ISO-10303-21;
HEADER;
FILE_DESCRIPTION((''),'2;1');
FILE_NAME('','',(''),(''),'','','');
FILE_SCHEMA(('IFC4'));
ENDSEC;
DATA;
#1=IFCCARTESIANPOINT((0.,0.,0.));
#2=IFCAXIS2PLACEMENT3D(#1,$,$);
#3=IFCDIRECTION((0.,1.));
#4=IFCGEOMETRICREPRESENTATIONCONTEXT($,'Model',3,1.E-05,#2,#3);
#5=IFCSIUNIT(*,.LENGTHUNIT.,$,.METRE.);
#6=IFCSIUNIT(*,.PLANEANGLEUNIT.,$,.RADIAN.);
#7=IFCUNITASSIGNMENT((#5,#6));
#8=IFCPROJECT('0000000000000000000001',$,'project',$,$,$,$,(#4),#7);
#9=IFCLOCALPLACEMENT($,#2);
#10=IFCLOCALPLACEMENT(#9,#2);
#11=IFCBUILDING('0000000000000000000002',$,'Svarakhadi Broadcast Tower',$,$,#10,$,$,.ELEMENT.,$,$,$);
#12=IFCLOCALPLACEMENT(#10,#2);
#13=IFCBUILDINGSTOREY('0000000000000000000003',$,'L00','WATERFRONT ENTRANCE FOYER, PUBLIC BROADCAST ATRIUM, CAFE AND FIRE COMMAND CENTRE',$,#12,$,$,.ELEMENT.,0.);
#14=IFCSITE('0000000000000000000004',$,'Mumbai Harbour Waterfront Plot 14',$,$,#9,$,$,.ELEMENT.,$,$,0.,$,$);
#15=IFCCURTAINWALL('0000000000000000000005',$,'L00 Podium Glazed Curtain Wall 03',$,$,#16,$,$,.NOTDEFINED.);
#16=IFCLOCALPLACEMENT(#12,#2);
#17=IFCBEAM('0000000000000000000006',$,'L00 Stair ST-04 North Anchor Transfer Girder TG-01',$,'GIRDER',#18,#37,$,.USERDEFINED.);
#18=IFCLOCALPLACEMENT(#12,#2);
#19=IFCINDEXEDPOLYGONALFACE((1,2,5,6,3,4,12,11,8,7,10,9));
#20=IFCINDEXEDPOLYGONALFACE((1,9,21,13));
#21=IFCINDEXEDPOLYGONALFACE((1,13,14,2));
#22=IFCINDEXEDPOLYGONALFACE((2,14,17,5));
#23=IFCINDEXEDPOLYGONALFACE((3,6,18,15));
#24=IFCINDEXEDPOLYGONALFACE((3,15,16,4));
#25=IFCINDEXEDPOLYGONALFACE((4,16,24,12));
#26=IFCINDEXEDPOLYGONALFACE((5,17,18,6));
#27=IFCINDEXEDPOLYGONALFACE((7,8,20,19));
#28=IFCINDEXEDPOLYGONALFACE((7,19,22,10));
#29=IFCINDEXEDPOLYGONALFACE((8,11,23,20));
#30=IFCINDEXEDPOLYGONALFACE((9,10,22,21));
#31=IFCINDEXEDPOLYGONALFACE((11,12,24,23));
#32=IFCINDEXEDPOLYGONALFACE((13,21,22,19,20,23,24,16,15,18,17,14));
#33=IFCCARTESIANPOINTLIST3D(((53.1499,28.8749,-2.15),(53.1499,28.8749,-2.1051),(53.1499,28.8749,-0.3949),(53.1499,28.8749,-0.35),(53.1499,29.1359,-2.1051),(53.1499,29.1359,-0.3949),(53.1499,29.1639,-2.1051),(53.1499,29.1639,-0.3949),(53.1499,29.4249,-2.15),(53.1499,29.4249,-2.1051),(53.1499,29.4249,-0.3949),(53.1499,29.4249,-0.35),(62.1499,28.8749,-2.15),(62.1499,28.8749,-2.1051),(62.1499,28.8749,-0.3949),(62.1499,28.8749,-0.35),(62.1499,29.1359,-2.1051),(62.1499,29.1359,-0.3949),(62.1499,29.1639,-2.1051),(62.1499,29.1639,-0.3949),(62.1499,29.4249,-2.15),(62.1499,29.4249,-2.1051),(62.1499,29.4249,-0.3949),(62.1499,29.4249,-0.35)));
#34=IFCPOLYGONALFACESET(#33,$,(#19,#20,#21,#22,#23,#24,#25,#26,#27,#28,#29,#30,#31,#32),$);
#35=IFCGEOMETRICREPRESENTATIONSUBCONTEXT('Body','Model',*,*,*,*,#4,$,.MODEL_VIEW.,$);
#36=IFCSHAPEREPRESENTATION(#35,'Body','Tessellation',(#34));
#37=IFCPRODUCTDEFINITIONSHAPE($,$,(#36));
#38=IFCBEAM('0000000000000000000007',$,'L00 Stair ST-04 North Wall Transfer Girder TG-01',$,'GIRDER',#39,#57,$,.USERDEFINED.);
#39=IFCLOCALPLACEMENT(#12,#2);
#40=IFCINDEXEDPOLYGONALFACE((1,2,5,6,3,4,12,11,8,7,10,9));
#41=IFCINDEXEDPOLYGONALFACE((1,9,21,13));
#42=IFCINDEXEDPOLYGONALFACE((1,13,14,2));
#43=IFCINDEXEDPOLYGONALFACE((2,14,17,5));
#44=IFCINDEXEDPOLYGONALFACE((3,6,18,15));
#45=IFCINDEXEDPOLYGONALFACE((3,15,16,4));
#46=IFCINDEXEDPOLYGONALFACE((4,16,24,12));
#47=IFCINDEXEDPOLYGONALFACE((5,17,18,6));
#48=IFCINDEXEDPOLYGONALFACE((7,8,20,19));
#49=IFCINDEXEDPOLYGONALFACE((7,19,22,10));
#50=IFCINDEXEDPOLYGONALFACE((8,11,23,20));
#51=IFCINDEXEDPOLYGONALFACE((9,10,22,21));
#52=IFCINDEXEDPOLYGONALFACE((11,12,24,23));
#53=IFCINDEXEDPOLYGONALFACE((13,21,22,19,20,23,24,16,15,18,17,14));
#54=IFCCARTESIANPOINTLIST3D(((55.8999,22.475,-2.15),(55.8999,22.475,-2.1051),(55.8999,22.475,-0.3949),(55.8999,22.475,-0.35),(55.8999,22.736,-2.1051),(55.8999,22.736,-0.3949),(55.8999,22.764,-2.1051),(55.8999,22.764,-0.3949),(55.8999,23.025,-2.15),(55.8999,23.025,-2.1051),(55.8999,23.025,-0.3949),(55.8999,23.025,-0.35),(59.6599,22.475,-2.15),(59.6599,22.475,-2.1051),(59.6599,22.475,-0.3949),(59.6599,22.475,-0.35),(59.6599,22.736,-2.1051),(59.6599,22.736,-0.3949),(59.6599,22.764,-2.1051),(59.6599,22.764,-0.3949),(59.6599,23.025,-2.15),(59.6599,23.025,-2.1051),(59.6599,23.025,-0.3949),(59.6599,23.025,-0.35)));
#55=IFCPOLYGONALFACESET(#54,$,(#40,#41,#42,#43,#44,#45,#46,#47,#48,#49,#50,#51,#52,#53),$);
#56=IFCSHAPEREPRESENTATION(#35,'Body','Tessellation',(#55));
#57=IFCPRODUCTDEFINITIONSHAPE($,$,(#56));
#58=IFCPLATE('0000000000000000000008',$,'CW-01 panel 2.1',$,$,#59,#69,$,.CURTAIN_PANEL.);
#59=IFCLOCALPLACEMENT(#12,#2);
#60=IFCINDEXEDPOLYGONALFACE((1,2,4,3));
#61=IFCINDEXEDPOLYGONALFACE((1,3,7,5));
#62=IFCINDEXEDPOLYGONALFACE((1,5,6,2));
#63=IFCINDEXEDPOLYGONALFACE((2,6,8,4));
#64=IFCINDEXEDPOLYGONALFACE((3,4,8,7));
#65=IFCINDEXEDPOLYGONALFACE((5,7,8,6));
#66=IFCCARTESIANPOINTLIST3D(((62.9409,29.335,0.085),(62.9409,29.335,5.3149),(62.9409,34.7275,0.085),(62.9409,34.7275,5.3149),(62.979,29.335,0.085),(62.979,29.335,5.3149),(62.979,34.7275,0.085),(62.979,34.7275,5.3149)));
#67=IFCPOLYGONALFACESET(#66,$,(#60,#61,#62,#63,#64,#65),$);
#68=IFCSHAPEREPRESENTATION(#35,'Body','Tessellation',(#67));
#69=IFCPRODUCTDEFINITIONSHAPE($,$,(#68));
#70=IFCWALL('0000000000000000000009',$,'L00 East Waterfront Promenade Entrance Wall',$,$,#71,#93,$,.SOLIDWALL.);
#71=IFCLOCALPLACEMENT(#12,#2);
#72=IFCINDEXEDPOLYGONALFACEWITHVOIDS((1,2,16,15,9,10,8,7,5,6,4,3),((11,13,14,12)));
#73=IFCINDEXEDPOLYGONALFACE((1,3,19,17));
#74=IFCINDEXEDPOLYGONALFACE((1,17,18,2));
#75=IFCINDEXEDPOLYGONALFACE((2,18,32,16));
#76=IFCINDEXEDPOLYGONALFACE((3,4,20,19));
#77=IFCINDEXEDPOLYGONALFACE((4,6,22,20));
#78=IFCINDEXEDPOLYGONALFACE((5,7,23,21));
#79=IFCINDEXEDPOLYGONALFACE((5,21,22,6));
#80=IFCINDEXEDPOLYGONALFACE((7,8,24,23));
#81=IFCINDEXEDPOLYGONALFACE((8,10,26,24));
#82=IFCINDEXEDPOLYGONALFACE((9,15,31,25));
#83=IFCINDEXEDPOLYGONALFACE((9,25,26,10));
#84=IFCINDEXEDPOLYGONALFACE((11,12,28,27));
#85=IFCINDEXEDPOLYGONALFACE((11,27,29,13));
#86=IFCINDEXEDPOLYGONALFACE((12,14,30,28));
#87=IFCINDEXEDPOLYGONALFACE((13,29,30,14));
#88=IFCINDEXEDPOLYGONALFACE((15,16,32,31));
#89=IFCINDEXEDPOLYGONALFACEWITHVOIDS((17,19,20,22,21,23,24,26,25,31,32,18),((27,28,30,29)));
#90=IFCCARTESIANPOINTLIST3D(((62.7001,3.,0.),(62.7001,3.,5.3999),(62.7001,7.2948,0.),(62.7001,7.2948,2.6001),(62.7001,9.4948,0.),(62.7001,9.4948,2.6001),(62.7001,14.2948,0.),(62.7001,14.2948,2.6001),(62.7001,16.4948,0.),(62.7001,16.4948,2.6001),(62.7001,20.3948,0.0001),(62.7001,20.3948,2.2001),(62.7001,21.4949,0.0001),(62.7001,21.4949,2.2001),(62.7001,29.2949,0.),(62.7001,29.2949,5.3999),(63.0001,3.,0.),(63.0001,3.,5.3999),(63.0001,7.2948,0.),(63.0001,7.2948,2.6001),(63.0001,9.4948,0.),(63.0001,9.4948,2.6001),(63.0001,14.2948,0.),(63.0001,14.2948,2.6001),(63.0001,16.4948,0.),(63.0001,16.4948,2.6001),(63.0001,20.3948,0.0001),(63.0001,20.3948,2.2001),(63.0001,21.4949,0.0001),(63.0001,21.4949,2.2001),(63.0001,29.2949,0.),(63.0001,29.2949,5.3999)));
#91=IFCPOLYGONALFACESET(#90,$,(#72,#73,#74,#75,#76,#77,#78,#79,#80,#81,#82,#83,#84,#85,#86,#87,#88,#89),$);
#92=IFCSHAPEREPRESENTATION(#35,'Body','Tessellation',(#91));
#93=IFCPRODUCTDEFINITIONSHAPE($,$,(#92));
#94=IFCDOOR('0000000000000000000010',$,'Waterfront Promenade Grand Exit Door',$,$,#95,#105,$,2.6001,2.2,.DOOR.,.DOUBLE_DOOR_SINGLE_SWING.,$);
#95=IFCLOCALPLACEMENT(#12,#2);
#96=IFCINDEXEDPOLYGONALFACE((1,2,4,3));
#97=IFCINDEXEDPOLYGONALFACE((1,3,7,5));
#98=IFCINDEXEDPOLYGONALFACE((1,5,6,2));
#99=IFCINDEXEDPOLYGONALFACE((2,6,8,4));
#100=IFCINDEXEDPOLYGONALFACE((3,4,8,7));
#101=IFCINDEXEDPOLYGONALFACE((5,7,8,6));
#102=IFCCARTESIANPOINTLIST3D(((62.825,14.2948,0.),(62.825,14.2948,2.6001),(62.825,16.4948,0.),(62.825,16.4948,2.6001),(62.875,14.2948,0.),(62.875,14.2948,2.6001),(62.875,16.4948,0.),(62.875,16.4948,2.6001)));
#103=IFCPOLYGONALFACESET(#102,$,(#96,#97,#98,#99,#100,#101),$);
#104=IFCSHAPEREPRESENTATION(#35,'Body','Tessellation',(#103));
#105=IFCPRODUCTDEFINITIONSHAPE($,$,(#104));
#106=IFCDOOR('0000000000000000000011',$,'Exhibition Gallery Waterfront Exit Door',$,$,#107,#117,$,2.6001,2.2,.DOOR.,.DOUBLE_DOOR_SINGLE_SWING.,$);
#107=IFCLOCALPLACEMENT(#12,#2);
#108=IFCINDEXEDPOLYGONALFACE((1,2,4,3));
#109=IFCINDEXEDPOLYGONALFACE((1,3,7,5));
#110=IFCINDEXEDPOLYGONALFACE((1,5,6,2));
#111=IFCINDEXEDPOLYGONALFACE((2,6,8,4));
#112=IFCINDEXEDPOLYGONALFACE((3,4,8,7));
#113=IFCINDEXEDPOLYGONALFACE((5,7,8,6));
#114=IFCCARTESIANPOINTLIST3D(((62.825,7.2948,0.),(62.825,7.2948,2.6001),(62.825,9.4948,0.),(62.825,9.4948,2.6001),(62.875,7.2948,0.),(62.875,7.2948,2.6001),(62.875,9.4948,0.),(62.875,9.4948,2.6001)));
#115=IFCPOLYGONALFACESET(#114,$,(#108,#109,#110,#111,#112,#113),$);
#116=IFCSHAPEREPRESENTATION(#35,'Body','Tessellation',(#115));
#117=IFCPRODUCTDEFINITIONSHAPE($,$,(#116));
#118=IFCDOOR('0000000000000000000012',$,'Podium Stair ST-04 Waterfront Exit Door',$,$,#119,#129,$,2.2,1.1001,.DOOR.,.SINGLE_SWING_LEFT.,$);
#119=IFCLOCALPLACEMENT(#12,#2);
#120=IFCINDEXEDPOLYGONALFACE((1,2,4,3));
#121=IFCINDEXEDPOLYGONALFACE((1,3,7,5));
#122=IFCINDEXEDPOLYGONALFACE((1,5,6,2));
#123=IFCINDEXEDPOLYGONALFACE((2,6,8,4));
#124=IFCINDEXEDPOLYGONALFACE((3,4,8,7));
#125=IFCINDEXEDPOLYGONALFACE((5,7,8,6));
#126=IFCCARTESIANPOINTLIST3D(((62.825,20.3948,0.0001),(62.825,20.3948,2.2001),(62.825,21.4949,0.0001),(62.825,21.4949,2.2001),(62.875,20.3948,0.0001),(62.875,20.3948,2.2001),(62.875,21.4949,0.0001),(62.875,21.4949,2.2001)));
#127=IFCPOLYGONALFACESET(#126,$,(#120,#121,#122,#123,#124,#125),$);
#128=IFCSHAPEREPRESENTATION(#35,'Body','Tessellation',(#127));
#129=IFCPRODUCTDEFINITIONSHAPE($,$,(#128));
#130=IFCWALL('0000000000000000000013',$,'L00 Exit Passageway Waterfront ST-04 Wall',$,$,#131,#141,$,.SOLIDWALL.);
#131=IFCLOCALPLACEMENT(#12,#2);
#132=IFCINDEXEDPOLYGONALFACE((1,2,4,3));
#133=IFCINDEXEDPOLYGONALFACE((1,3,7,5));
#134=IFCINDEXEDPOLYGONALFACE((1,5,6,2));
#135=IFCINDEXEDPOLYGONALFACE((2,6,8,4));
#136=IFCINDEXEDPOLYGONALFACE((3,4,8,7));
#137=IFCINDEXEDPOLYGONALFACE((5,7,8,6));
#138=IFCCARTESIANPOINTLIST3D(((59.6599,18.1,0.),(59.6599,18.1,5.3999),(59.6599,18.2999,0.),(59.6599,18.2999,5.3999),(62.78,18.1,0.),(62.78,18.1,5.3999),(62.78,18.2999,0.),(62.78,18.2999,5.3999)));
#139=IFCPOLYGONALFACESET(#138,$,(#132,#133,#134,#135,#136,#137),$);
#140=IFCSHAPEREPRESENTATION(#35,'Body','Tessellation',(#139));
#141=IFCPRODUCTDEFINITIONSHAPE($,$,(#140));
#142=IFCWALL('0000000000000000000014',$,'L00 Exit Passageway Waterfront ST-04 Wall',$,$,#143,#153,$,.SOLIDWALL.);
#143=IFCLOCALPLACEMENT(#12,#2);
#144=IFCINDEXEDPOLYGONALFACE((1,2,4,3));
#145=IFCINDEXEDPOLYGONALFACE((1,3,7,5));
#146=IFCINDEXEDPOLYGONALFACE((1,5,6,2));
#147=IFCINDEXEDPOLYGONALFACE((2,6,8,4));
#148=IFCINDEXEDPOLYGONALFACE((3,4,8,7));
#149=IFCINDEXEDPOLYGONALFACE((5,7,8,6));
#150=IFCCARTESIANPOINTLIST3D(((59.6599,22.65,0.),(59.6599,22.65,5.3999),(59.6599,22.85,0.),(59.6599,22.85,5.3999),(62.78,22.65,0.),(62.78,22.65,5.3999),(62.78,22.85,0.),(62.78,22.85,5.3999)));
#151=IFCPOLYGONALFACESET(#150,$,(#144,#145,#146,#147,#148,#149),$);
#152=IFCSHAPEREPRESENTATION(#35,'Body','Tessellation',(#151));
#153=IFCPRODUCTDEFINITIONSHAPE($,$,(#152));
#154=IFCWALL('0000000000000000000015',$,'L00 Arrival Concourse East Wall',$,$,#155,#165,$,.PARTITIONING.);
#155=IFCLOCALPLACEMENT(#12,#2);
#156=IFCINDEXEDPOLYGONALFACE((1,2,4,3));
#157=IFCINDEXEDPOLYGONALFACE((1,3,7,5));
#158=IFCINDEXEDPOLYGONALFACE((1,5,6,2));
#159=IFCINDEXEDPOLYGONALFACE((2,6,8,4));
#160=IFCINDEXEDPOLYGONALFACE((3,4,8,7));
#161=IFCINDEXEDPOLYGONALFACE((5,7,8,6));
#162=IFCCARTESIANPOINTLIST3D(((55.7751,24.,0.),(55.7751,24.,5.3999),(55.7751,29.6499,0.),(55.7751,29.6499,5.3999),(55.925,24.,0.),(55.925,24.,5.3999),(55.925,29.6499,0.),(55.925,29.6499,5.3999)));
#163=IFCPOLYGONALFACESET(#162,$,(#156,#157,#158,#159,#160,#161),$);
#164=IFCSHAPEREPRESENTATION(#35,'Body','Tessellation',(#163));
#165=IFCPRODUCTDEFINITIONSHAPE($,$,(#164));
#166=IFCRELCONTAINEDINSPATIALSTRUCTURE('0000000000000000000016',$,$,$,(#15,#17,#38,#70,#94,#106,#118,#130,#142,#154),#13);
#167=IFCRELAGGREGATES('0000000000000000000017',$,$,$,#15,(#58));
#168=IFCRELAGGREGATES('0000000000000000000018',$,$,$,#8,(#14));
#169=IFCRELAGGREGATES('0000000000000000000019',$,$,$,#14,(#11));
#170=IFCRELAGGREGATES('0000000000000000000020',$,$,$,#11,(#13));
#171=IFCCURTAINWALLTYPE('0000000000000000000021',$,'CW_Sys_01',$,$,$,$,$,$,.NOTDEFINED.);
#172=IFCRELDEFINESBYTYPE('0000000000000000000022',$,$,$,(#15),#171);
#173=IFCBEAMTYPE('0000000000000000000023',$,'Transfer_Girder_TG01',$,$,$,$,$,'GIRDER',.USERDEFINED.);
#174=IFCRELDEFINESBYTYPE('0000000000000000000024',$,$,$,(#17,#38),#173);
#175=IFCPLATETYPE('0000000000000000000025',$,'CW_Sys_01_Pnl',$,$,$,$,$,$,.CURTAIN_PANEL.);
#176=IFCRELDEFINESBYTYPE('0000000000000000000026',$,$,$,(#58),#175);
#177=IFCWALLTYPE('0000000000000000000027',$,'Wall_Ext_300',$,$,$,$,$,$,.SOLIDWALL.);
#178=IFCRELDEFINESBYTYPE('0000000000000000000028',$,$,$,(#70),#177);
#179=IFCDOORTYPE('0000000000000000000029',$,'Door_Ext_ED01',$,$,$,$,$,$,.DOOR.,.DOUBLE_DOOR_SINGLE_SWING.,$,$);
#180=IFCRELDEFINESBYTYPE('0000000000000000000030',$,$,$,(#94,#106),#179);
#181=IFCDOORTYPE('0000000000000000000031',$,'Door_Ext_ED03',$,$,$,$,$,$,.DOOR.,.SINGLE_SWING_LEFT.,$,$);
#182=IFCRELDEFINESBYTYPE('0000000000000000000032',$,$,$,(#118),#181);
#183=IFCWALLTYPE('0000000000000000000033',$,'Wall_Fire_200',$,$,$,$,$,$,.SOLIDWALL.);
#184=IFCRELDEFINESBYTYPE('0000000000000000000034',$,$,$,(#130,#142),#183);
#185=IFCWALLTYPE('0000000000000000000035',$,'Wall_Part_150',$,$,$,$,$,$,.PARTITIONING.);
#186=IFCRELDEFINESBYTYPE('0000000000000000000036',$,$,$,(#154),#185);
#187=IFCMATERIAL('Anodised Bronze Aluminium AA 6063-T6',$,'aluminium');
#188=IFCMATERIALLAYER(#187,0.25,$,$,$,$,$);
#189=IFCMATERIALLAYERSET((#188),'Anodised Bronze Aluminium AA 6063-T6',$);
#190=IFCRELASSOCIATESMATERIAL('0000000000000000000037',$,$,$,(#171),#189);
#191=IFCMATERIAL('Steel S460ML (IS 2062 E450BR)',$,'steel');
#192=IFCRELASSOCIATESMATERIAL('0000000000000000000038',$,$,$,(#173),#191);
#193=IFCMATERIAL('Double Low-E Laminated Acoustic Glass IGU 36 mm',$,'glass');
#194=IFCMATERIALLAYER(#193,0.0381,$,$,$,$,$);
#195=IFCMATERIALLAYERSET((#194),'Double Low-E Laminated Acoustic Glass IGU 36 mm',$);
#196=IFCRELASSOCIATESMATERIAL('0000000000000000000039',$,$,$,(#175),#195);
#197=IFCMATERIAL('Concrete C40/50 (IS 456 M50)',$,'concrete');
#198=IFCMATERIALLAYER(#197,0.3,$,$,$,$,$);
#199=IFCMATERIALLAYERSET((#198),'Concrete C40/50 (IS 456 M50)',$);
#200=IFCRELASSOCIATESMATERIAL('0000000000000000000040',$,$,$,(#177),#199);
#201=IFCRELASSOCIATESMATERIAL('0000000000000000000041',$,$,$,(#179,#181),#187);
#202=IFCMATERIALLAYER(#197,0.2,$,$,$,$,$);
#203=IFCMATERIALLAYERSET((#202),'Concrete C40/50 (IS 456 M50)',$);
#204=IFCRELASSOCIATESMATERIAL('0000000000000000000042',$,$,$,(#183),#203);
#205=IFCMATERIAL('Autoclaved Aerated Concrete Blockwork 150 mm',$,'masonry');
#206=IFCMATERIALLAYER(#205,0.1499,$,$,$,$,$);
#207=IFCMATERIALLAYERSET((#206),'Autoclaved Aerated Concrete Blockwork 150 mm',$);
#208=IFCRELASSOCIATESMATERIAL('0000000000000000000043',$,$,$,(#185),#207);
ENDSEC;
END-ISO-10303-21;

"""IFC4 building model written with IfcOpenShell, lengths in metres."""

from ifc_helpers import new_model, si_unit, direction, frame, frame_2d, origin, origin_2d, place, context, subcontext, project, spatial, rectangle, i_section, extrude, material, layer, layer_set, material_profile, profile_set, type_object, element, fill, aggregate, save


model = new_model("IFC4")

# Units and contexts
model_context = context("Model", 3, precision=1e-05, world=origin(), true_north=direction((0.0, 1.0)))
body_context = subcontext(model_context, "Body", "Model", "MODEL_VIEW")
ifc_project = project(units=[si_unit("LENGTHUNIT", "METRE"), si_unit("PLANEANGLEUNIT", "RADIAN")], contexts=[model_context])

# Site, building, storey
site_placement = place(None, origin())
site = spatial("IfcSite", under=ifc_project, at=site_placement, Name="Mumbai Harbour Waterfront Plot 14", CompositionType="ELEMENT", RefElevation=0.0)
building_placement = place(site_placement, origin())
building = spatial("IfcBuilding", under=site, at=building_placement, Name="Svarakhadi Broadcast Tower", CompositionType="ELEMENT")
storey_placement = place(building_placement, origin())
storey = spatial("IfcBuildingStorey", under=building, at=storey_placement, Name="L00", Description="WATERFRONT ENTRANCE FOYER, PUBLIC BROADCAST ATRIUM, CAFE AND FIRE COMMAND CENTRE", CompositionType="ELEMENT", Elevation=0.0)

# Shared definitions
ifc_material_1 = material(Name="Steel S460ML (IS 2062 E450BR)", Category="steel")

# Curtain wall
ifc_material_2 = material(Name="Anodised Bronze Aluminium AA 6063-T6", Category="aluminium")
ifc_layer_1 = layer(ifc_material_2, 0.25)
ifc_layer_set_1 = layer_set([ifc_layer_1], Name="Anodised Bronze Aluminium AA 6063-T6")
curtain_wall_type = type_object("IfcCurtainWallType", Name="CW_Sys_01", PredefinedType="NOTDEFINED", material=ifc_layer_set_1)
curtain_wall_placement = place(storey_placement, origin())
curtain_wall = element("IfcCurtainWall", 1, at=curtain_wall_placement, inside=storey, type_object=curtain_wall_type, Name="L00 Podium Glazed Curtain Wall 03", PredefinedType="NOTDEFINED")

# Beams
ifc_material_profile_1 = material_profile(ifc_material_1, i_section(OverallWidth=0.55, OverallDepth=1.8, WebThickness=0.0281, FlangeThickness=0.0449, at=origin_2d()), Name="PG 1800x550x45")
ifc_profile_set_1 = profile_set([ifc_material_profile_1], Name="Steel S460ML (IS 2062 E450BR)")
beam_type_1 = type_object("IfcBeamType", Name="Transfer_Girder_TG01", ElementType="GIRDER", PredefinedType="USERDEFINED", material=ifc_profile_set_1)
beam_1_placement = place(storey_placement, frame((53.1499, 29.1499, -1.25), z_axis=(1.0, 0.0, 0.0), x_axis=(0.0, 1.0, 0.0)))
element("IfcBeam", 2, at=beam_1_placement, inside=storey, type_object=beam_type_1, Name="L00 Stair ST-04 North Anchor Transfer Girder TG-01", ObjectType="GIRDER", PredefinedType="USERDEFINED", context=body_context, shape_type="SweptSolid", body=[
    extrude(i_section(OverallWidth=0.55, OverallDepth=1.8, WebThickness=0.0281, FlangeThickness=0.0449, at=origin_2d()), origin(), (0.0, 0.0, 1.0), 9.0),
])
beam_2_placement = place(storey_placement, frame((55.8999, 22.75, -1.25), z_axis=(1.0, 0.0, 0.0), x_axis=(0.0, 1.0, 0.0)))
element("IfcBeam", 3, at=beam_2_placement, inside=storey, type_object=beam_type_1, Name="L00 Stair ST-04 North Wall Transfer Girder TG-01", ObjectType="GIRDER", PredefinedType="USERDEFINED", context=body_context, shape_type="SweptSolid", body=[
    extrude(i_section(OverallWidth=0.55, OverallDepth=1.8, WebThickness=0.0281, FlangeThickness=0.0449, at=origin_2d()), origin(), (0.0, 0.0, 1.0), 3.76),
])

# Plate
ifc_material_3 = material(Name="Double Low-E Laminated Acoustic Glass IGU 36 mm", Category="glass")
ifc_layer_2 = layer(ifc_material_3, 0.0381)
ifc_layer_set_2 = layer_set([ifc_layer_2], Name="Double Low-E Laminated Acoustic Glass IGU 36 mm")
plate_type = type_object("IfcPlateType", Name="CW_Sys_01_Pnl", PredefinedType="CURTAIN_PANEL", material=ifc_layer_set_2)
plate_placement = place(storey_placement, frame((62.96, 32.0312, 0.085), z_axis=(0.0, 0.0, 1.0), x_axis=(0.0, -1.0, 0.0)))
plate = element("IfcPlate", 4, at=plate_placement, type_object=plate_type, Name="CW-01 panel 2.1", PredefinedType="CURTAIN_PANEL", context=body_context, shape_type="SweptSolid", body=[
    extrude(rectangle(XDim=5.3926, YDim=0.0381, at=origin_2d()), origin(), (0.0, 0.0, 1.0), 5.23),
])
aggregate(curtain_wall, [plate])

# Wall, openings, doors
ifc_material_4 = material(Name="Concrete C40/50 (IS 456 M50)", Category="concrete")
ifc_layer_3 = layer(ifc_material_4, 0.3)
ifc_layer_set_3 = layer_set([ifc_layer_3], Name="Concrete C40/50 (IS 456 M50)")
wall_type_1 = type_object("IfcWallType", Name="Wall_Ext_300", PredefinedType="SOLIDWALL", material=ifc_layer_set_3)
wall_1_placement = place(storey_placement, frame((62.8501, 29.2949, 0.0), z_axis=(0.0, 0.0, 1.0), x_axis=(0.0, -1.0, 0.0)))
wall_1 = element("IfcWall", 5, at=wall_1_placement, inside=storey, type_object=wall_type_1, Name="L00 East Waterfront Promenade Entrance Wall", PredefinedType="SOLIDWALL", context=body_context, shape_type="SweptSolid", body=[
    extrude(rectangle(XDim=26.2949, YDim=0.3, at=frame_2d((13.1475, 0.0))), origin(), (0.0, 0.0, 1.0), 5.3999),
])
opening_1_placement = place(wall_1_placement, frame((7.8, 0.0, 0.0)))
opening_1 = element("IfcOpeningElement", 6, at=opening_1_placement, cuts=wall_1, PredefinedType="OPENING", context=body_context, shape_type="SweptSolid", body=[
    extrude(rectangle(XDim=1.1001, YDim=2.2, at=frame_2d((0.55, 1.1001))), frame((0.0, 0.1599, 0.0), z_axis=(0.0, -1.0, 0.0), x_axis=(1.0, 0.0, 0.0)), (0.0, 0.0, 1.0), 0.3201),
])
opening_2_placement = place(wall_1_placement, frame((12.8, 0.0, 0.0)))
opening_2 = element("IfcOpeningElement", 7, at=opening_2_placement, cuts=wall_1, PredefinedType="OPENING", context=body_context, shape_type="SweptSolid", body=[
    extrude(rectangle(XDim=2.2, YDim=2.6001, at=frame_2d((1.1001, 1.3))), frame((0.0, 0.1599, 0.0), z_axis=(0.0, -1.0, 0.0), x_axis=(1.0, 0.0, 0.0)), (0.0, 0.0, 1.0), 0.3201),
])
opening_3_placement = place(wall_1_placement, frame((19.8, 0.0, 0.0)))
opening_3 = element("IfcOpeningElement", 8, at=opening_3_placement, cuts=wall_1, PredefinedType="OPENING", context=body_context, shape_type="SweptSolid", body=[
    extrude(rectangle(XDim=2.2, YDim=2.6001, at=frame_2d((1.1001, 1.3))), frame((0.0, 0.1599, 0.0), z_axis=(0.0, -1.0, 0.0), x_axis=(1.0, 0.0, 0.0)), (0.0, 0.0, 1.0), 0.3201),
])
door_type_1 = type_object("IfcDoorType", Name="Door_Ext_ED01", OperationType="DOUBLE_DOOR_SINGLE_SWING", PredefinedType="DOOR", material=ifc_material_2)
door_1_placement = place(opening_2_placement, origin())
door_1 = element("IfcDoor", 9, at=door_1_placement, inside=storey, type_object=door_type_1, Name="Waterfront Promenade Grand Exit Door", OperationType="DOUBLE_DOOR_SINGLE_SWING", OverallHeight=2.6001, OverallWidth=2.2, PredefinedType="DOOR", context=body_context, shape_type="SweptSolid", body=[
    extrude(rectangle(XDim=2.2, YDim=2.6001, at=frame_2d((1.1001, 1.3))), frame((0.0, 0.0249, 0.0), z_axis=(0.0, -1.0, 0.0), x_axis=(1.0, 0.0, 0.0)), (0.0, 0.0, 1.0), 0.05),
])
fill(opening_2, door_1)
door_2_placement = place(opening_3_placement, origin())
door_2 = element("IfcDoor", 10, at=door_2_placement, inside=storey, type_object=door_type_1, Name="Exhibition Gallery Waterfront Exit Door", OperationType="DOUBLE_DOOR_SINGLE_SWING", OverallHeight=2.6001, OverallWidth=2.2, PredefinedType="DOOR", context=body_context, shape_type="SweptSolid", body=[
    extrude(rectangle(XDim=2.2, YDim=2.6001, at=frame_2d((1.1001, 1.3))), frame((0.0, 0.0249, 0.0), z_axis=(0.0, -1.0, 0.0), x_axis=(1.0, 0.0, 0.0)), (0.0, 0.0, 1.0), 0.05),
])
fill(opening_3, door_2)
door_type_2 = type_object("IfcDoorType", Name="Door_Ext_ED03", OperationType="SINGLE_SWING_LEFT", PredefinedType="DOOR", material=ifc_material_2)
door_3_placement = place(opening_1_placement, origin())
door_3 = element("IfcDoor", 11, at=door_3_placement, inside=storey, type_object=door_type_2, Name="Podium Stair ST-04 Waterfront Exit Door", OperationType="SINGLE_SWING_LEFT", OverallHeight=2.2, OverallWidth=1.1001, PredefinedType="DOOR", context=body_context, shape_type="SweptSolid", body=[
    extrude(rectangle(XDim=1.1001, YDim=2.2, at=frame_2d((0.55, 1.1001))), frame((0.0, 0.0249, 0.0), z_axis=(0.0, -1.0, 0.0), x_axis=(1.0, 0.0, 0.0)), (0.0, 0.0, 1.0), 0.05),
])
fill(opening_1, door_3)

# Walls
ifc_layer_4 = layer(ifc_material_4, 0.2)
ifc_layer_set_4 = layer_set([ifc_layer_4], Name="Concrete C40/50 (IS 456 M50)")
wall_type_2 = type_object("IfcWallType", Name="Wall_Fire_200", PredefinedType="SOLIDWALL", material=ifc_layer_set_4)
for number, where, z_axis, x_axis, name in (
    (12, (59.6599, 18.2, 0.0), (0.0, 0.0, 1.0), (1.0, 0.0, 0.0), "L00 Exit Passageway Waterfront ST-04 Wall"),
    (13, (59.6599, 22.75, 0.0), (0.0, 0.0, 1.0), (1.0, 0.0, 0.0), "L00 Exit Passageway Waterfront ST-04 Wall"),
):
    element("IfcWall", number, at=place(storey_placement, frame(where, z_axis=z_axis, x_axis=x_axis)), inside=storey, type_object=wall_type_2, Name=name, PredefinedType="SOLIDWALL", context=body_context, shape_type="SweptSolid", body=[
        extrude(rectangle(XDim=3.1201, YDim=0.2, at=frame_2d((1.5601, 0.0))), origin(), (0.0, 0.0, 1.0), 5.3999),
    ])
ifc_material_5 = material(Name="Autoclaved Aerated Concrete Blockwork 150 mm", Category="masonry")
ifc_layer_5 = layer(ifc_material_5, 0.1499)
ifc_layer_set_5 = layer_set([ifc_layer_5], Name="Autoclaved Aerated Concrete Blockwork 150 mm")
wall_type_3 = type_object("IfcWallType", Name="Wall_Part_150", PredefinedType="PARTITIONING", material=ifc_layer_set_5)
wall_2_placement = place(storey_placement, frame((55.8501, 29.6499, 0.0), z_axis=(0.0, 0.0, 1.0), x_axis=(0.0, -1.0, 0.0)))
element("IfcWall", 14, at=wall_2_placement, inside=storey, type_object=wall_type_3, Name="L00 Arrival Concourse East Wall", PredefinedType="PARTITIONING", context=body_context, shape_type="SweptSolid", body=[
    extrude(rectangle(XDim=5.6499, YDim=0.1499, at=frame_2d((2.825, 0.0))), origin(), (0.0, 0.0, 1.0), 5.3999),
])

save(model, "model.ifc")
